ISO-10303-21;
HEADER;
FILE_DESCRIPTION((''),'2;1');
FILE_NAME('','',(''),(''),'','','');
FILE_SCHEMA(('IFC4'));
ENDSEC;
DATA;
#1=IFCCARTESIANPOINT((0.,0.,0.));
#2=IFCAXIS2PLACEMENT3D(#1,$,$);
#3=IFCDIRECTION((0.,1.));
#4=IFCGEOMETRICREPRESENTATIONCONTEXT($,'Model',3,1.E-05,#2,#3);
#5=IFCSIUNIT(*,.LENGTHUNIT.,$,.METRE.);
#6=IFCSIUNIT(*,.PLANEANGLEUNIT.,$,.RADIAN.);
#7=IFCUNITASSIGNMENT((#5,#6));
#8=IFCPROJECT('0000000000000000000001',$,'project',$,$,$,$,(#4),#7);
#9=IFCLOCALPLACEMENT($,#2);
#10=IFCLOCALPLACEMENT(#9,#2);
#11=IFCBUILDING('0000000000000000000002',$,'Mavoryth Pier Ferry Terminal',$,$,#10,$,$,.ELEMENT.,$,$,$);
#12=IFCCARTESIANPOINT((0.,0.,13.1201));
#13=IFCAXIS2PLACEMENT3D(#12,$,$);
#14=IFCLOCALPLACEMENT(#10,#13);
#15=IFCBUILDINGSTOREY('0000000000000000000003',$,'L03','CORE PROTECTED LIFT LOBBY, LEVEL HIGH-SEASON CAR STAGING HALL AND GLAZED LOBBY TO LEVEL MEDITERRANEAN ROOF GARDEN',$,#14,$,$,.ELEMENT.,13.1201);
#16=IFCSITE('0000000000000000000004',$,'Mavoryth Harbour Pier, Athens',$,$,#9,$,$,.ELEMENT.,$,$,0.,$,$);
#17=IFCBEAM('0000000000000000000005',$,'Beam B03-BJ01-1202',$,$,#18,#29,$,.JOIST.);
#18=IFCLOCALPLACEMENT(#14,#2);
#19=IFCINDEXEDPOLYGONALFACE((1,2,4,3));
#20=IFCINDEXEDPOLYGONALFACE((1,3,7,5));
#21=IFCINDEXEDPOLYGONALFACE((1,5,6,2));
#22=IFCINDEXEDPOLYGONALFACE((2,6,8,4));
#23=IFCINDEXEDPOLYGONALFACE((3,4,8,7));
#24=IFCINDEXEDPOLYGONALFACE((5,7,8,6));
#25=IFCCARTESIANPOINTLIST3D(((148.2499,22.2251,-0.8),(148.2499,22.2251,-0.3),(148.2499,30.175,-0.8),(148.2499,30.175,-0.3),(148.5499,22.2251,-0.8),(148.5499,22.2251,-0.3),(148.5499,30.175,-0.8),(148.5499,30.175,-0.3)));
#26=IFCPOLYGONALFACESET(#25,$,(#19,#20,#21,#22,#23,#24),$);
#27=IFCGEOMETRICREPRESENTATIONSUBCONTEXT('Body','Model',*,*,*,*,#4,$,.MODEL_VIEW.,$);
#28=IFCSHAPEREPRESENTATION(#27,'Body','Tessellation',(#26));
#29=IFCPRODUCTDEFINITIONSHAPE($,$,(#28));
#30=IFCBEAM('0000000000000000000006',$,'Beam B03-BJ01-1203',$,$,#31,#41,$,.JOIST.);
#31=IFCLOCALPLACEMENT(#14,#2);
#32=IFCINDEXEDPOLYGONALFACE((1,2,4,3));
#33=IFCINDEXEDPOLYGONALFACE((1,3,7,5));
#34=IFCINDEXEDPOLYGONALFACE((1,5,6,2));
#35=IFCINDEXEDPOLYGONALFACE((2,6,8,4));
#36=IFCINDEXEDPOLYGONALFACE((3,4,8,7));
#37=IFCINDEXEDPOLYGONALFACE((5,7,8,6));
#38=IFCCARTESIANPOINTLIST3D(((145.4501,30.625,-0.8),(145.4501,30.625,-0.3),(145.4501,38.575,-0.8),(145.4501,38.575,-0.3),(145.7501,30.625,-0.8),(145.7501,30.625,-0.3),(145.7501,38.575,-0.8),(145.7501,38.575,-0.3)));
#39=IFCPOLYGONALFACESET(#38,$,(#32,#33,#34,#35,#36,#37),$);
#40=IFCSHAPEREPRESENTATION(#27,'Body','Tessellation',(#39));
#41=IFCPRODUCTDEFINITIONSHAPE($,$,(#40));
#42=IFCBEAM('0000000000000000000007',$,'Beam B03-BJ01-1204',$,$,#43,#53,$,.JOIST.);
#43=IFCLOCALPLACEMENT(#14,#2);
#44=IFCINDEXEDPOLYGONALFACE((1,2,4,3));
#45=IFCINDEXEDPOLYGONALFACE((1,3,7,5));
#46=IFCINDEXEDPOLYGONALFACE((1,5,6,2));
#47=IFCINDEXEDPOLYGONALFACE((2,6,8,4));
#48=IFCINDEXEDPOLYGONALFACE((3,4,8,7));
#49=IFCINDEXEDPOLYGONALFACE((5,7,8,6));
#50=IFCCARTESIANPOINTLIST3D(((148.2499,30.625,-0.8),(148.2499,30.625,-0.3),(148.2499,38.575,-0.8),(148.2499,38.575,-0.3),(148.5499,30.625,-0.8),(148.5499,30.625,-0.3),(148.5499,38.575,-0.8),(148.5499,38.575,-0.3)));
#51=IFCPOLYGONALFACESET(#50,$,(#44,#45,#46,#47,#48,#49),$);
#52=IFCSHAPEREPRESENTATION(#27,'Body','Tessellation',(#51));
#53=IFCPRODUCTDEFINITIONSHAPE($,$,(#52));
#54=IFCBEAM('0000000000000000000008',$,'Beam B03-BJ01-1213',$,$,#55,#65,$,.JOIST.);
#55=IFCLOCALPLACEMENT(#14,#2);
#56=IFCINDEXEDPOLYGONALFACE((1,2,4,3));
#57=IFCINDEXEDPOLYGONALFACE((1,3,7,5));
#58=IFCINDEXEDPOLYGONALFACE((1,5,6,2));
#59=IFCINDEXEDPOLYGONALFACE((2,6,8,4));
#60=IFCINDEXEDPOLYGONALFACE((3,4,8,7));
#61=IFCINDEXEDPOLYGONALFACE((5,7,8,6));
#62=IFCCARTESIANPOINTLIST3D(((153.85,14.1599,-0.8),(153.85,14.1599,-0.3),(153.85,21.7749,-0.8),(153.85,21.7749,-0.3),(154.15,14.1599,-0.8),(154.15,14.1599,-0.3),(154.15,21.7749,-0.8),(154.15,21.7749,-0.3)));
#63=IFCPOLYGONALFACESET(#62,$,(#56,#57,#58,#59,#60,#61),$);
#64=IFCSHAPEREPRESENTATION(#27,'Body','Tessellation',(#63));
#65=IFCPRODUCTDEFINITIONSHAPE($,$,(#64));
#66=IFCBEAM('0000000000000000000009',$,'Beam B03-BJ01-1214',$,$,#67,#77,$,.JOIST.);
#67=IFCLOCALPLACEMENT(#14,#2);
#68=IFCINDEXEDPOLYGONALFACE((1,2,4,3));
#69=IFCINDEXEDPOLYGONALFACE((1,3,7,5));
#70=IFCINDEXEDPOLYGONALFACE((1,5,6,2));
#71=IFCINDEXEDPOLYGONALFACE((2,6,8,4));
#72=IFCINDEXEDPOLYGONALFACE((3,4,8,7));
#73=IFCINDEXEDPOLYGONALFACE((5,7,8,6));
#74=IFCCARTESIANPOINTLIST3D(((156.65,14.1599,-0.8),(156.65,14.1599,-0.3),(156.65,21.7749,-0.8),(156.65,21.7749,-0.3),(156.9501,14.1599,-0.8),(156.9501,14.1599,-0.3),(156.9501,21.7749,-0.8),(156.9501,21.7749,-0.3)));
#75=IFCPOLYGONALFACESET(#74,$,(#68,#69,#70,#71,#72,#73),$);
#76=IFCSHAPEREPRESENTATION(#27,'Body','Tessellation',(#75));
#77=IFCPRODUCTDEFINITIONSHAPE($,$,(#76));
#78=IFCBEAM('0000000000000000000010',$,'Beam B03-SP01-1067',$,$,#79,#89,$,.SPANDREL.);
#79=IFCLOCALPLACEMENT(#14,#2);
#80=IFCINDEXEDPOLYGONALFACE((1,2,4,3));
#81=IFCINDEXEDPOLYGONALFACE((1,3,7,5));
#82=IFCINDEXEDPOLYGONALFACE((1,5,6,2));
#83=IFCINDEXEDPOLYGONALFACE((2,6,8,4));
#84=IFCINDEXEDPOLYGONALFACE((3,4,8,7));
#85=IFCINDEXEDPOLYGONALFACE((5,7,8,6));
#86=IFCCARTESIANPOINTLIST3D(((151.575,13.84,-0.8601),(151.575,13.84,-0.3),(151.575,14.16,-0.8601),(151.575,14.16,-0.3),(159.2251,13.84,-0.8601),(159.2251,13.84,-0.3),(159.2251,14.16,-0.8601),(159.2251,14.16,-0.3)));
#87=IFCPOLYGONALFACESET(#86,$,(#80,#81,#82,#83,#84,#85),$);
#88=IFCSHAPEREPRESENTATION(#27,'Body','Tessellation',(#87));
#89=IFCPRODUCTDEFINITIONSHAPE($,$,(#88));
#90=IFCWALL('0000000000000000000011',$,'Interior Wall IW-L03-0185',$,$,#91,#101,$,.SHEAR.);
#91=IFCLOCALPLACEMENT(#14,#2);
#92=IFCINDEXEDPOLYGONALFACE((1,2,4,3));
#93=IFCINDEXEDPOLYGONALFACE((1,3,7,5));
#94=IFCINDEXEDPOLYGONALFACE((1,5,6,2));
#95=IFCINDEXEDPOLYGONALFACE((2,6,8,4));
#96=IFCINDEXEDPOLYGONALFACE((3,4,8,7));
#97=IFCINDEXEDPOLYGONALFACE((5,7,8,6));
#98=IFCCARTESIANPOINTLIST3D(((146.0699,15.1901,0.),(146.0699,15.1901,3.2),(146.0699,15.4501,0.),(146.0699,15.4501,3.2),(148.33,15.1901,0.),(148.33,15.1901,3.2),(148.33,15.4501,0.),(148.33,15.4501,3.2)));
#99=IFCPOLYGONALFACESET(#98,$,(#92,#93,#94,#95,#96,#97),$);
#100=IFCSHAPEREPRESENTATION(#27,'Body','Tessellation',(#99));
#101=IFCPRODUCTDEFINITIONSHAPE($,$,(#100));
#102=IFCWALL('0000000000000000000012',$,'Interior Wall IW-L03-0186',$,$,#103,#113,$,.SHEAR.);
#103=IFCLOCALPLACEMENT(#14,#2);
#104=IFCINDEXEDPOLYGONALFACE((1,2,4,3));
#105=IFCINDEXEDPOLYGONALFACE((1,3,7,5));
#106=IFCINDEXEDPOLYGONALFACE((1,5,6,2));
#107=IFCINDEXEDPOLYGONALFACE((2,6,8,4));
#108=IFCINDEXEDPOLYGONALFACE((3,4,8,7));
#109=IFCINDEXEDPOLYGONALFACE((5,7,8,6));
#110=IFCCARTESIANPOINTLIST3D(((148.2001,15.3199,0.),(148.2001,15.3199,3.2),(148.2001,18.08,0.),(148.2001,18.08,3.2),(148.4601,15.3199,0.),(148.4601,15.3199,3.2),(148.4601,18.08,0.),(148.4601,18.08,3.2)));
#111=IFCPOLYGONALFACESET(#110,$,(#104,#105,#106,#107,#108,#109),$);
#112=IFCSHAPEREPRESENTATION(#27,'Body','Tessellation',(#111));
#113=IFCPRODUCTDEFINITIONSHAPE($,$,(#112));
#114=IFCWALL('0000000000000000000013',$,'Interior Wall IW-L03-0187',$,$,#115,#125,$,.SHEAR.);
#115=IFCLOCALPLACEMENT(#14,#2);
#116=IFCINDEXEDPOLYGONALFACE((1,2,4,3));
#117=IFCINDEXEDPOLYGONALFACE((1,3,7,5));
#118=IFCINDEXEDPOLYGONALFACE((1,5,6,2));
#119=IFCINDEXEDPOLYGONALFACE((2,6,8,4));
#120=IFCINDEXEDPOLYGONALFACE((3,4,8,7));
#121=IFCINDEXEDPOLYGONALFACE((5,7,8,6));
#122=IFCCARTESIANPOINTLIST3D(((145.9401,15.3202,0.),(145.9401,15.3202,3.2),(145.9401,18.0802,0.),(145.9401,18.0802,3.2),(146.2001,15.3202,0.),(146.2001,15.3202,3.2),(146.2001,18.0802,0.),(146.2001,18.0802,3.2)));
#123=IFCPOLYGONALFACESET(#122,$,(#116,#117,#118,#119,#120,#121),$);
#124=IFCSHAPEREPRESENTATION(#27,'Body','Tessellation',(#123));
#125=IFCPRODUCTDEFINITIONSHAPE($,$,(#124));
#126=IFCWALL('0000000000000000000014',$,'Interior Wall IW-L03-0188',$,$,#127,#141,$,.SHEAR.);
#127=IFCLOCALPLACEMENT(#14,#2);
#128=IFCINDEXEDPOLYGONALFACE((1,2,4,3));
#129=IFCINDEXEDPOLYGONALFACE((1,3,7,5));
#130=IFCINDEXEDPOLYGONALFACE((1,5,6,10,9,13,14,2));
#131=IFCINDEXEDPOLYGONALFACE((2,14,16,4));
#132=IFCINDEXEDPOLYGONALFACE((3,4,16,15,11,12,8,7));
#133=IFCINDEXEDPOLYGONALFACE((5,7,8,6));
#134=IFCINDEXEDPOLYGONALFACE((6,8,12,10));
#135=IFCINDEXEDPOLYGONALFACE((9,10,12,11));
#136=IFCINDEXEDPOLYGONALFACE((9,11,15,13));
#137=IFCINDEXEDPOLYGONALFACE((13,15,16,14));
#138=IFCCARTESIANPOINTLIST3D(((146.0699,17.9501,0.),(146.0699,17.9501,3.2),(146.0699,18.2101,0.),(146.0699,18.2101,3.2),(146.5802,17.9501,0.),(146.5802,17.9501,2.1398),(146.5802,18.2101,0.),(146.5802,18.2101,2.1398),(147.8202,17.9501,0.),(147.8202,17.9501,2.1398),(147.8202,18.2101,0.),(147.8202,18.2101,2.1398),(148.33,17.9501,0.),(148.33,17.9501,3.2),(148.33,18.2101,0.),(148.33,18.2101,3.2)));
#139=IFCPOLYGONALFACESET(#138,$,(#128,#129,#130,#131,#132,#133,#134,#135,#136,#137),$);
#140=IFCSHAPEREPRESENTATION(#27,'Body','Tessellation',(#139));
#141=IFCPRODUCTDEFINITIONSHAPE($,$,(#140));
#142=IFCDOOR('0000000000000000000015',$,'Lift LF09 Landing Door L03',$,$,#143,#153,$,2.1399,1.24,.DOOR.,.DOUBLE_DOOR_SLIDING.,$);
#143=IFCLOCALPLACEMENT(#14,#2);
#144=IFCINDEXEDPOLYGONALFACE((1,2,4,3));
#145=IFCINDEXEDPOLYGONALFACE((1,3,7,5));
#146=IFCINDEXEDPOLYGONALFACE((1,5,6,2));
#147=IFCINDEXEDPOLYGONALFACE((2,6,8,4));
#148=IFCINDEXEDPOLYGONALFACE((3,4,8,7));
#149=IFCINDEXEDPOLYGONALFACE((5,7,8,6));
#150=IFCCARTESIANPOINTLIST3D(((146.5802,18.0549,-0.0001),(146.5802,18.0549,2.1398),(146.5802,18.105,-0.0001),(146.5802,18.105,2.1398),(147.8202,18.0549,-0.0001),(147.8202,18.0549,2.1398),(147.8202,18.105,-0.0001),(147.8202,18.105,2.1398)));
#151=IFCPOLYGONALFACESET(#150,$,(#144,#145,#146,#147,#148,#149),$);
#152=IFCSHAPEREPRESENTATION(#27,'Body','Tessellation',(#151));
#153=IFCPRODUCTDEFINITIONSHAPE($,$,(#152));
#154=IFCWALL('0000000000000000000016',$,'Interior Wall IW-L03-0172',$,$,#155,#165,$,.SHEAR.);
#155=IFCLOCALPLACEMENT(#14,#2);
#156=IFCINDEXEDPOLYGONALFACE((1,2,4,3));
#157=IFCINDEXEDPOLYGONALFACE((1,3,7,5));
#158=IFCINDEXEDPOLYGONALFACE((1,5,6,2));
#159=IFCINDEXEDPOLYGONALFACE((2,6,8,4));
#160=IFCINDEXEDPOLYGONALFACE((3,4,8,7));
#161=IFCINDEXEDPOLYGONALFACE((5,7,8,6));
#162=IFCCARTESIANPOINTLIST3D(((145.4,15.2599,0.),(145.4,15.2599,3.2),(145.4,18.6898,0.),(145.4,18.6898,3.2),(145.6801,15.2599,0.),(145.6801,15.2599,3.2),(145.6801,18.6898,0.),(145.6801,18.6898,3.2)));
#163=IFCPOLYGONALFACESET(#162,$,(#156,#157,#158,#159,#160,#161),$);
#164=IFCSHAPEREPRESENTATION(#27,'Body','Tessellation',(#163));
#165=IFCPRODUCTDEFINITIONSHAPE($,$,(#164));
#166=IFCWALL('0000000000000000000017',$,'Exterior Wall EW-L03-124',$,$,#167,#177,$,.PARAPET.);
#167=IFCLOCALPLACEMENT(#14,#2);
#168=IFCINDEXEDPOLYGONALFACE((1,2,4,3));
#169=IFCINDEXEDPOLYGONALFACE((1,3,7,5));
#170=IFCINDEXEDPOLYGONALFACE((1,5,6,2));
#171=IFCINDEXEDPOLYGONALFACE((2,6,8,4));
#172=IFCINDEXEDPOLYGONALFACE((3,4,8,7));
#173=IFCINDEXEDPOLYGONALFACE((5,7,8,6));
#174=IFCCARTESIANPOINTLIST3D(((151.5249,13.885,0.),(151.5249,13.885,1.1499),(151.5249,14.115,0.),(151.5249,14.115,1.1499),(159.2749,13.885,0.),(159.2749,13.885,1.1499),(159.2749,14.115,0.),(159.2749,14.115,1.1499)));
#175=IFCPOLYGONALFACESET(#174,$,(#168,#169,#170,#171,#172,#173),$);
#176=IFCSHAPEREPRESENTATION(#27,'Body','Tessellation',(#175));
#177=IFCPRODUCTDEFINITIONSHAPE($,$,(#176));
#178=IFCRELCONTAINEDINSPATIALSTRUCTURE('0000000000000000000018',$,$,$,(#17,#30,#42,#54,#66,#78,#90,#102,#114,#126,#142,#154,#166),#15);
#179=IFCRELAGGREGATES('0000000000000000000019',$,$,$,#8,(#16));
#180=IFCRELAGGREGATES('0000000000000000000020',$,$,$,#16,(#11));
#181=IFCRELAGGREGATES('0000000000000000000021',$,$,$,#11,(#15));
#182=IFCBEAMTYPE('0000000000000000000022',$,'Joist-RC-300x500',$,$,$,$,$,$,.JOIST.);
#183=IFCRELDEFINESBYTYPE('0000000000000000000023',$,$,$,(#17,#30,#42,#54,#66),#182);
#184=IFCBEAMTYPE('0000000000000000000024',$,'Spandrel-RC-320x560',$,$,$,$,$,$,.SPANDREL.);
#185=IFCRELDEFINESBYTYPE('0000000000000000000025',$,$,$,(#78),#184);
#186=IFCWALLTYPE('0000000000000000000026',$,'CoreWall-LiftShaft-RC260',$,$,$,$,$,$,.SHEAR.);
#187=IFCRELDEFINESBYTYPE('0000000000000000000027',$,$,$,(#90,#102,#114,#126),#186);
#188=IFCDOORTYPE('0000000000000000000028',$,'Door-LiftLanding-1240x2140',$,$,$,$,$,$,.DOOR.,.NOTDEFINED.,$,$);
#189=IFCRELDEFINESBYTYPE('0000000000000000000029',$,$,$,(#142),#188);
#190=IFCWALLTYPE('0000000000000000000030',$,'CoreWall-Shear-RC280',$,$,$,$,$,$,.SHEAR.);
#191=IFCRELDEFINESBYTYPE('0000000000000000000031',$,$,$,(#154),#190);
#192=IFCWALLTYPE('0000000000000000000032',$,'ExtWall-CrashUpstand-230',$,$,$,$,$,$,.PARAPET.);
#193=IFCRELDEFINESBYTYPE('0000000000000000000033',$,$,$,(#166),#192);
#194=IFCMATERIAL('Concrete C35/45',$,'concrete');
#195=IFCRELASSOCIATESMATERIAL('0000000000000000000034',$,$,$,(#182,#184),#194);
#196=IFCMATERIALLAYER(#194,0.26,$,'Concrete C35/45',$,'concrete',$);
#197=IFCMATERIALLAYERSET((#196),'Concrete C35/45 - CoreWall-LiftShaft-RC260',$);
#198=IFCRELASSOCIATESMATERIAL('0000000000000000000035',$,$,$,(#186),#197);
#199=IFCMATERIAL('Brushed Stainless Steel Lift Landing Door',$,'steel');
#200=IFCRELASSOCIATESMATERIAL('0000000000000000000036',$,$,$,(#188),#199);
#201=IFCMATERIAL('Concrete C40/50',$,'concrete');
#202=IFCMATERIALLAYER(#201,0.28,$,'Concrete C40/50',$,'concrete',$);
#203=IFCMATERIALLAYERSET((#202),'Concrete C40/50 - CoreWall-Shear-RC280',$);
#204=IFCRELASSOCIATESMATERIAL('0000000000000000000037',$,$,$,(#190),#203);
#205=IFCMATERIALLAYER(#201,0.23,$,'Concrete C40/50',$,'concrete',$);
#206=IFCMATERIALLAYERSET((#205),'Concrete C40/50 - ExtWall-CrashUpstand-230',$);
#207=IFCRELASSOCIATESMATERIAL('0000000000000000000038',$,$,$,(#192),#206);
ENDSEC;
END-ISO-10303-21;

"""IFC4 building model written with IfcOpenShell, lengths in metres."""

from ifc_helpers import new_model, si_unit, direction, frame, frame_2d, origin, origin_2d, place, context, subcontext, project, spatial, rectangle, extrude, material, layer, layer_set, material_profile, profile_set, type_object, element, fill, save


model = new_model("IFC4")

# Units and contexts
model_context = context("Model", 3, precision=1e-05, world=origin(), true_north=direction((0.0, 1.0)))
body_context = subcontext(model_context, "Body", "Model", "MODEL_VIEW")
ifc_project = project(units=[si_unit("LENGTHUNIT", "METRE"), si_unit("PLANEANGLEUNIT", "RADIAN")], contexts=[model_context])

# Site, building, storey
site_placement = place(None, origin())
site = spatial("IfcSite", under=ifc_project, at=site_placement, Name="Mavoryth Harbour Pier, Athens", CompositionType="ELEMENT", RefElevation=0.0)
building_placement = place(site_placement, origin())
building = spatial("IfcBuilding", under=site, at=building_placement, Name="Mavoryth Pier Ferry Terminal", CompositionType="ELEMENT")
storey_placement = place(building_placement, frame((0.0, 0.0, 13.1201)))
storey = spatial("IfcBuildingStorey", under=building, at=storey_placement, Name="L03", Description="CORE PROTECTED LIFT LOBBY, LEVEL HIGH-SEASON CAR STAGING HALL AND GLAZED LOBBY TO LEVEL MEDITERRANEAN ROOF GARDEN", CompositionType="ELEMENT", Elevation=13.1201)

# Shared definitions
ifc_material_1 = material(Name="Concrete C40/50", Category="concrete")

# Beams
ifc_material_2 = material(Name="Concrete C35/45", Category="concrete")
ifc_material_profile_1 = material_profile(ifc_material_2, rectangle(XDim=0.3, YDim=0.5, at=origin_2d()), Name="RC 300x500", Category="concrete")
ifc_profile_set_1 = profile_set([ifc_material_profile_1], Name="Concrete C35/45 - RC 300x500")
beam_type_1 = type_object("IfcBeamType", Name="Joist-RC-300x500", PredefinedType="JOIST", material=ifc_profile_set_1)
for number, where, z_axis, x_axis, name in (
    (1, (148.3999, 22.2251, -0.55), (0.0, 1.0, 0.0), (-1.0, 0.0, 0.0), "Beam B03-BJ01-1202"),
    (2, (145.6001, 30.625, -0.55), (0.0, 1.0, 0.0), (-1.0, 0.0, 0.0), "Beam B03-BJ01-1203"),
    (3, (148.3999, 30.625, -0.55), (0.0, 1.0, 0.0), (-1.0, 0.0, 0.0), "Beam B03-BJ01-1204"),
):
    element("IfcBeam", number, at=place(storey_placement, frame(where, z_axis=z_axis, x_axis=x_axis)), inside=storey, type_object=beam_type_1, Name=name, PredefinedType="JOIST", context=body_context, shape_type="SweptSolid", body=[
        extrude(rectangle(XDim=0.3, YDim=0.5, at=origin_2d()), origin(), (0.0, 0.0, 1.0), 7.95),
    ])
for number, where, z_axis, x_axis, name in (
    (4, (154.0, 14.1599, -0.55), (0.0, 1.0, 0.0), (-1.0, 0.0, 0.0), "Beam B03-BJ01-1213"),
    (5, (156.8, 14.1599, -0.55), (0.0, 1.0, 0.0), (-1.0, 0.0, 0.0), "Beam B03-BJ01-1214"),
):
    element("IfcBeam", number, at=place(storey_placement, frame(where, z_axis=z_axis, x_axis=x_axis)), inside=storey, type_object=beam_type_1, Name=name, PredefinedType="JOIST", context=body_context, shape_type="SweptSolid", body=[
        extrude(rectangle(XDim=0.3, YDim=0.5, at=origin_2d()), origin(), (0.0, 0.0, 1.0), 7.615),
    ])
ifc_material_profile_2 = material_profile(ifc_material_2, rectangle(XDim=0.3201, YDim=0.5601, at=origin_2d()), Name="RC 320x560", Category="concrete")
ifc_profile_set_2 = profile_set([ifc_material_profile_2], Name="Concrete C35/45 - RC 320x560")
beam_type_2 = type_object("IfcBeamType", Name="Spandrel-RC-320x560", PredefinedType="SPANDREL", material=ifc_profile_set_2)
beam_1_placement = place(storey_placement, frame((151.575, 14.0, -0.5801), z_axis=(1.0, 0.0, 0.0), x_axis=(0.0, 1.0, 0.0)))
element("IfcBeam", 6, at=beam_1_placement, inside=storey, type_object=beam_type_2, Name="Beam B03-SP01-1067", PredefinedType="SPANDREL", context=body_context, shape_type="SweptSolid", body=[
    extrude(rectangle(XDim=0.3201, YDim=0.5601, at=origin_2d()), origin(), (0.0, 0.0, 1.0), 7.6501),
])

# Walls
ifc_layer_1 = layer(ifc_material_2, 0.26, Name="Concrete C35/45", Category="concrete")
ifc_layer_set_1 = layer_set([ifc_layer_1], Name="Concrete C35/45 - CoreWall-LiftShaft-RC260")
wall_type_1 = type_object("IfcWallType", Name="CoreWall-LiftShaft-RC260", PredefinedType="SHEAR", material=ifc_layer_set_1)
wall_1_placement = place(storey_placement, frame((146.0701, 15.3201, 0.0), z_axis=(0.0, 0.0, 1.0), x_axis=(1.0, 0.0, 0.0)))
element("IfcWall", 7, at=wall_1_placement, inside=storey, type_object=wall_type_1, Name="Interior Wall IW-L03-0185", PredefinedType="SHEAR", context=body_context, shape_type="SweptSolid", body=[
    extrude(rectangle(XDim=2.26, YDim=0.26, at=frame_2d((1.1299, 0.0))), origin(), (0.0, 0.0, 1.0), 3.2),
])
for number, where, z_axis, x_axis, name in (
    (8, (148.3301, 15.3201, 0.0), (0.0, 0.0, 1.0), (0.0, 1.0, 0.0), "Interior Wall IW-L03-0186"),
    (9, (146.0701, 18.0801, 0.0), (0.0, 0.0, 1.0), (0.0, -1.0, 0.0), "Interior Wall IW-L03-0187"),
):
    element("IfcWall", number, at=place(storey_placement, frame(where, z_axis=z_axis, x_axis=x_axis)), inside=storey, type_object=wall_type_1, Name=name, PredefinedType="SHEAR", context=body_context, shape_type="SweptSolid", body=[
        extrude(rectangle(XDim=2.76, YDim=0.26, at=frame_2d((1.3799, 0.0))), origin(), (0.0, 0.0, 1.0), 3.2),
    ])

# Wall, opening, door
wall_2_placement = place(storey_placement, frame((146.0701, 18.0801, 0.0), z_axis=(0.0, 0.0, 1.0), x_axis=(1.0, 0.0, 0.0)))
wall_2 = element("IfcWall", 10, at=wall_2_placement, inside=storey, type_object=wall_type_1, Name="Interior Wall IW-L03-0188", PredefinedType="SHEAR", context=body_context, shape_type="SweptSolid", body=[
    extrude(rectangle(XDim=2.26, YDim=0.26, at=frame_2d((1.1299, 0.0))), origin(), (0.0, 0.0, 1.0), 3.2),
])
opening_1_placement = place(wall_2_placement, frame((0.51, 0.0, 0.0)))
opening_1 = element("IfcOpeningElement", 11, at=opening_1_placement, cuts=wall_2, PredefinedType="OPENING", context=body_context, shape_type="SweptSolid", body=[
    extrude(rectangle(XDim=1.24, YDim=2.1399, at=frame_2d((0.6201, 1.0698))), frame((0.0, 0.1399, 0.0), z_axis=(0.0, -1.0, 0.0), x_axis=(1.0, 0.0, 0.0)), (0.0, 0.0, 1.0), 0.28),
])
ifc_material_3 = material(Name="Brushed Stainless Steel Lift Landing Door", Category="steel")
door_type_1 = type_object("IfcDoorType", Name="Door-LiftLanding-1240x2140", OperationType="NOTDEFINED", PredefinedType="DOOR", material=ifc_material_3)
door_1_placement = place(opening_1_placement, origin())
door_1 = element("IfcDoor", 12, at=door_1_placement, inside=storey, type_object=door_type_1, Name="Lift LF09 Landing Door L03", OperationType="DOUBLE_DOOR_SLIDING", OverallHeight=2.1399, OverallWidth=1.24, PredefinedType="DOOR", context=body_context, shape_type="SweptSolid", body=[
    extrude(rectangle(XDim=1.24, YDim=2.1399, at=frame_2d((0.6201, 1.0698))), frame((0.0, 0.0249, 0.0), z_axis=(0.0, -1.0, 0.0), x_axis=(1.0, 0.0, 0.0)), (0.0, 0.0, 1.0), 0.05),
])
fill(opening_1, door_1)

# Walls
ifc_layer_2 = layer(ifc_material_1, 0.28, Name="Concrete C40/50", Category="concrete")
ifc_layer_set_2 = layer_set([ifc_layer_2], Name="Concrete C40/50 - CoreWall-Shear-RC280")
wall_type_2 = type_object("IfcWallType", Name="CoreWall-Shear-RC280", PredefinedType="SHEAR", material=ifc_layer_set_2)
wall_3_placement = place(storey_placement, frame((145.54, 15.26, 0.0), z_axis=(0.0, 0.0, 1.0), x_axis=(0.0, 1.0, 0.0)))
element("IfcWall", 13, at=wall_3_placement, inside=storey, type_object=wall_type_2, Name="Interior Wall IW-L03-0172", PredefinedType="SHEAR", context=body_context, shape_type="SweptSolid", body=[
    extrude(rectangle(XDim=3.4299, YDim=0.28, at=frame_2d((1.7148, 0.0))), origin(), (0.0, 0.0, 1.0), 3.2),
])
ifc_layer_3 = layer(ifc_material_1, 0.23, Name="Concrete C40/50", Category="concrete")
ifc_layer_set_3 = layer_set([ifc_layer_3], Name="Concrete C40/50 - ExtWall-CrashUpstand-230")
wall_type_3 = type_object("IfcWallType", Name="ExtWall-CrashUpstand-230", PredefinedType="PARAPET", material=ifc_layer_set_3)
wall_4_placement = place(storey_placement, frame((151.5249, 14.0, 0.0), z_axis=(0.0, 0.0, 1.0), x_axis=(1.0, 0.0, 0.0)))
element("IfcWall", 14, at=wall_4_placement, inside=storey, type_object=wall_type_3, Name="Exterior Wall EW-L03-124", PredefinedType="PARAPET", context=body_context, shape_type="SweptSolid", body=[
    extrude(rectangle(XDim=7.75, YDim=0.23, at=frame_2d((3.875, 0.0))), origin(), (0.0, 0.0, 1.0), 1.1499),
])

save(model, "model.ifc")
